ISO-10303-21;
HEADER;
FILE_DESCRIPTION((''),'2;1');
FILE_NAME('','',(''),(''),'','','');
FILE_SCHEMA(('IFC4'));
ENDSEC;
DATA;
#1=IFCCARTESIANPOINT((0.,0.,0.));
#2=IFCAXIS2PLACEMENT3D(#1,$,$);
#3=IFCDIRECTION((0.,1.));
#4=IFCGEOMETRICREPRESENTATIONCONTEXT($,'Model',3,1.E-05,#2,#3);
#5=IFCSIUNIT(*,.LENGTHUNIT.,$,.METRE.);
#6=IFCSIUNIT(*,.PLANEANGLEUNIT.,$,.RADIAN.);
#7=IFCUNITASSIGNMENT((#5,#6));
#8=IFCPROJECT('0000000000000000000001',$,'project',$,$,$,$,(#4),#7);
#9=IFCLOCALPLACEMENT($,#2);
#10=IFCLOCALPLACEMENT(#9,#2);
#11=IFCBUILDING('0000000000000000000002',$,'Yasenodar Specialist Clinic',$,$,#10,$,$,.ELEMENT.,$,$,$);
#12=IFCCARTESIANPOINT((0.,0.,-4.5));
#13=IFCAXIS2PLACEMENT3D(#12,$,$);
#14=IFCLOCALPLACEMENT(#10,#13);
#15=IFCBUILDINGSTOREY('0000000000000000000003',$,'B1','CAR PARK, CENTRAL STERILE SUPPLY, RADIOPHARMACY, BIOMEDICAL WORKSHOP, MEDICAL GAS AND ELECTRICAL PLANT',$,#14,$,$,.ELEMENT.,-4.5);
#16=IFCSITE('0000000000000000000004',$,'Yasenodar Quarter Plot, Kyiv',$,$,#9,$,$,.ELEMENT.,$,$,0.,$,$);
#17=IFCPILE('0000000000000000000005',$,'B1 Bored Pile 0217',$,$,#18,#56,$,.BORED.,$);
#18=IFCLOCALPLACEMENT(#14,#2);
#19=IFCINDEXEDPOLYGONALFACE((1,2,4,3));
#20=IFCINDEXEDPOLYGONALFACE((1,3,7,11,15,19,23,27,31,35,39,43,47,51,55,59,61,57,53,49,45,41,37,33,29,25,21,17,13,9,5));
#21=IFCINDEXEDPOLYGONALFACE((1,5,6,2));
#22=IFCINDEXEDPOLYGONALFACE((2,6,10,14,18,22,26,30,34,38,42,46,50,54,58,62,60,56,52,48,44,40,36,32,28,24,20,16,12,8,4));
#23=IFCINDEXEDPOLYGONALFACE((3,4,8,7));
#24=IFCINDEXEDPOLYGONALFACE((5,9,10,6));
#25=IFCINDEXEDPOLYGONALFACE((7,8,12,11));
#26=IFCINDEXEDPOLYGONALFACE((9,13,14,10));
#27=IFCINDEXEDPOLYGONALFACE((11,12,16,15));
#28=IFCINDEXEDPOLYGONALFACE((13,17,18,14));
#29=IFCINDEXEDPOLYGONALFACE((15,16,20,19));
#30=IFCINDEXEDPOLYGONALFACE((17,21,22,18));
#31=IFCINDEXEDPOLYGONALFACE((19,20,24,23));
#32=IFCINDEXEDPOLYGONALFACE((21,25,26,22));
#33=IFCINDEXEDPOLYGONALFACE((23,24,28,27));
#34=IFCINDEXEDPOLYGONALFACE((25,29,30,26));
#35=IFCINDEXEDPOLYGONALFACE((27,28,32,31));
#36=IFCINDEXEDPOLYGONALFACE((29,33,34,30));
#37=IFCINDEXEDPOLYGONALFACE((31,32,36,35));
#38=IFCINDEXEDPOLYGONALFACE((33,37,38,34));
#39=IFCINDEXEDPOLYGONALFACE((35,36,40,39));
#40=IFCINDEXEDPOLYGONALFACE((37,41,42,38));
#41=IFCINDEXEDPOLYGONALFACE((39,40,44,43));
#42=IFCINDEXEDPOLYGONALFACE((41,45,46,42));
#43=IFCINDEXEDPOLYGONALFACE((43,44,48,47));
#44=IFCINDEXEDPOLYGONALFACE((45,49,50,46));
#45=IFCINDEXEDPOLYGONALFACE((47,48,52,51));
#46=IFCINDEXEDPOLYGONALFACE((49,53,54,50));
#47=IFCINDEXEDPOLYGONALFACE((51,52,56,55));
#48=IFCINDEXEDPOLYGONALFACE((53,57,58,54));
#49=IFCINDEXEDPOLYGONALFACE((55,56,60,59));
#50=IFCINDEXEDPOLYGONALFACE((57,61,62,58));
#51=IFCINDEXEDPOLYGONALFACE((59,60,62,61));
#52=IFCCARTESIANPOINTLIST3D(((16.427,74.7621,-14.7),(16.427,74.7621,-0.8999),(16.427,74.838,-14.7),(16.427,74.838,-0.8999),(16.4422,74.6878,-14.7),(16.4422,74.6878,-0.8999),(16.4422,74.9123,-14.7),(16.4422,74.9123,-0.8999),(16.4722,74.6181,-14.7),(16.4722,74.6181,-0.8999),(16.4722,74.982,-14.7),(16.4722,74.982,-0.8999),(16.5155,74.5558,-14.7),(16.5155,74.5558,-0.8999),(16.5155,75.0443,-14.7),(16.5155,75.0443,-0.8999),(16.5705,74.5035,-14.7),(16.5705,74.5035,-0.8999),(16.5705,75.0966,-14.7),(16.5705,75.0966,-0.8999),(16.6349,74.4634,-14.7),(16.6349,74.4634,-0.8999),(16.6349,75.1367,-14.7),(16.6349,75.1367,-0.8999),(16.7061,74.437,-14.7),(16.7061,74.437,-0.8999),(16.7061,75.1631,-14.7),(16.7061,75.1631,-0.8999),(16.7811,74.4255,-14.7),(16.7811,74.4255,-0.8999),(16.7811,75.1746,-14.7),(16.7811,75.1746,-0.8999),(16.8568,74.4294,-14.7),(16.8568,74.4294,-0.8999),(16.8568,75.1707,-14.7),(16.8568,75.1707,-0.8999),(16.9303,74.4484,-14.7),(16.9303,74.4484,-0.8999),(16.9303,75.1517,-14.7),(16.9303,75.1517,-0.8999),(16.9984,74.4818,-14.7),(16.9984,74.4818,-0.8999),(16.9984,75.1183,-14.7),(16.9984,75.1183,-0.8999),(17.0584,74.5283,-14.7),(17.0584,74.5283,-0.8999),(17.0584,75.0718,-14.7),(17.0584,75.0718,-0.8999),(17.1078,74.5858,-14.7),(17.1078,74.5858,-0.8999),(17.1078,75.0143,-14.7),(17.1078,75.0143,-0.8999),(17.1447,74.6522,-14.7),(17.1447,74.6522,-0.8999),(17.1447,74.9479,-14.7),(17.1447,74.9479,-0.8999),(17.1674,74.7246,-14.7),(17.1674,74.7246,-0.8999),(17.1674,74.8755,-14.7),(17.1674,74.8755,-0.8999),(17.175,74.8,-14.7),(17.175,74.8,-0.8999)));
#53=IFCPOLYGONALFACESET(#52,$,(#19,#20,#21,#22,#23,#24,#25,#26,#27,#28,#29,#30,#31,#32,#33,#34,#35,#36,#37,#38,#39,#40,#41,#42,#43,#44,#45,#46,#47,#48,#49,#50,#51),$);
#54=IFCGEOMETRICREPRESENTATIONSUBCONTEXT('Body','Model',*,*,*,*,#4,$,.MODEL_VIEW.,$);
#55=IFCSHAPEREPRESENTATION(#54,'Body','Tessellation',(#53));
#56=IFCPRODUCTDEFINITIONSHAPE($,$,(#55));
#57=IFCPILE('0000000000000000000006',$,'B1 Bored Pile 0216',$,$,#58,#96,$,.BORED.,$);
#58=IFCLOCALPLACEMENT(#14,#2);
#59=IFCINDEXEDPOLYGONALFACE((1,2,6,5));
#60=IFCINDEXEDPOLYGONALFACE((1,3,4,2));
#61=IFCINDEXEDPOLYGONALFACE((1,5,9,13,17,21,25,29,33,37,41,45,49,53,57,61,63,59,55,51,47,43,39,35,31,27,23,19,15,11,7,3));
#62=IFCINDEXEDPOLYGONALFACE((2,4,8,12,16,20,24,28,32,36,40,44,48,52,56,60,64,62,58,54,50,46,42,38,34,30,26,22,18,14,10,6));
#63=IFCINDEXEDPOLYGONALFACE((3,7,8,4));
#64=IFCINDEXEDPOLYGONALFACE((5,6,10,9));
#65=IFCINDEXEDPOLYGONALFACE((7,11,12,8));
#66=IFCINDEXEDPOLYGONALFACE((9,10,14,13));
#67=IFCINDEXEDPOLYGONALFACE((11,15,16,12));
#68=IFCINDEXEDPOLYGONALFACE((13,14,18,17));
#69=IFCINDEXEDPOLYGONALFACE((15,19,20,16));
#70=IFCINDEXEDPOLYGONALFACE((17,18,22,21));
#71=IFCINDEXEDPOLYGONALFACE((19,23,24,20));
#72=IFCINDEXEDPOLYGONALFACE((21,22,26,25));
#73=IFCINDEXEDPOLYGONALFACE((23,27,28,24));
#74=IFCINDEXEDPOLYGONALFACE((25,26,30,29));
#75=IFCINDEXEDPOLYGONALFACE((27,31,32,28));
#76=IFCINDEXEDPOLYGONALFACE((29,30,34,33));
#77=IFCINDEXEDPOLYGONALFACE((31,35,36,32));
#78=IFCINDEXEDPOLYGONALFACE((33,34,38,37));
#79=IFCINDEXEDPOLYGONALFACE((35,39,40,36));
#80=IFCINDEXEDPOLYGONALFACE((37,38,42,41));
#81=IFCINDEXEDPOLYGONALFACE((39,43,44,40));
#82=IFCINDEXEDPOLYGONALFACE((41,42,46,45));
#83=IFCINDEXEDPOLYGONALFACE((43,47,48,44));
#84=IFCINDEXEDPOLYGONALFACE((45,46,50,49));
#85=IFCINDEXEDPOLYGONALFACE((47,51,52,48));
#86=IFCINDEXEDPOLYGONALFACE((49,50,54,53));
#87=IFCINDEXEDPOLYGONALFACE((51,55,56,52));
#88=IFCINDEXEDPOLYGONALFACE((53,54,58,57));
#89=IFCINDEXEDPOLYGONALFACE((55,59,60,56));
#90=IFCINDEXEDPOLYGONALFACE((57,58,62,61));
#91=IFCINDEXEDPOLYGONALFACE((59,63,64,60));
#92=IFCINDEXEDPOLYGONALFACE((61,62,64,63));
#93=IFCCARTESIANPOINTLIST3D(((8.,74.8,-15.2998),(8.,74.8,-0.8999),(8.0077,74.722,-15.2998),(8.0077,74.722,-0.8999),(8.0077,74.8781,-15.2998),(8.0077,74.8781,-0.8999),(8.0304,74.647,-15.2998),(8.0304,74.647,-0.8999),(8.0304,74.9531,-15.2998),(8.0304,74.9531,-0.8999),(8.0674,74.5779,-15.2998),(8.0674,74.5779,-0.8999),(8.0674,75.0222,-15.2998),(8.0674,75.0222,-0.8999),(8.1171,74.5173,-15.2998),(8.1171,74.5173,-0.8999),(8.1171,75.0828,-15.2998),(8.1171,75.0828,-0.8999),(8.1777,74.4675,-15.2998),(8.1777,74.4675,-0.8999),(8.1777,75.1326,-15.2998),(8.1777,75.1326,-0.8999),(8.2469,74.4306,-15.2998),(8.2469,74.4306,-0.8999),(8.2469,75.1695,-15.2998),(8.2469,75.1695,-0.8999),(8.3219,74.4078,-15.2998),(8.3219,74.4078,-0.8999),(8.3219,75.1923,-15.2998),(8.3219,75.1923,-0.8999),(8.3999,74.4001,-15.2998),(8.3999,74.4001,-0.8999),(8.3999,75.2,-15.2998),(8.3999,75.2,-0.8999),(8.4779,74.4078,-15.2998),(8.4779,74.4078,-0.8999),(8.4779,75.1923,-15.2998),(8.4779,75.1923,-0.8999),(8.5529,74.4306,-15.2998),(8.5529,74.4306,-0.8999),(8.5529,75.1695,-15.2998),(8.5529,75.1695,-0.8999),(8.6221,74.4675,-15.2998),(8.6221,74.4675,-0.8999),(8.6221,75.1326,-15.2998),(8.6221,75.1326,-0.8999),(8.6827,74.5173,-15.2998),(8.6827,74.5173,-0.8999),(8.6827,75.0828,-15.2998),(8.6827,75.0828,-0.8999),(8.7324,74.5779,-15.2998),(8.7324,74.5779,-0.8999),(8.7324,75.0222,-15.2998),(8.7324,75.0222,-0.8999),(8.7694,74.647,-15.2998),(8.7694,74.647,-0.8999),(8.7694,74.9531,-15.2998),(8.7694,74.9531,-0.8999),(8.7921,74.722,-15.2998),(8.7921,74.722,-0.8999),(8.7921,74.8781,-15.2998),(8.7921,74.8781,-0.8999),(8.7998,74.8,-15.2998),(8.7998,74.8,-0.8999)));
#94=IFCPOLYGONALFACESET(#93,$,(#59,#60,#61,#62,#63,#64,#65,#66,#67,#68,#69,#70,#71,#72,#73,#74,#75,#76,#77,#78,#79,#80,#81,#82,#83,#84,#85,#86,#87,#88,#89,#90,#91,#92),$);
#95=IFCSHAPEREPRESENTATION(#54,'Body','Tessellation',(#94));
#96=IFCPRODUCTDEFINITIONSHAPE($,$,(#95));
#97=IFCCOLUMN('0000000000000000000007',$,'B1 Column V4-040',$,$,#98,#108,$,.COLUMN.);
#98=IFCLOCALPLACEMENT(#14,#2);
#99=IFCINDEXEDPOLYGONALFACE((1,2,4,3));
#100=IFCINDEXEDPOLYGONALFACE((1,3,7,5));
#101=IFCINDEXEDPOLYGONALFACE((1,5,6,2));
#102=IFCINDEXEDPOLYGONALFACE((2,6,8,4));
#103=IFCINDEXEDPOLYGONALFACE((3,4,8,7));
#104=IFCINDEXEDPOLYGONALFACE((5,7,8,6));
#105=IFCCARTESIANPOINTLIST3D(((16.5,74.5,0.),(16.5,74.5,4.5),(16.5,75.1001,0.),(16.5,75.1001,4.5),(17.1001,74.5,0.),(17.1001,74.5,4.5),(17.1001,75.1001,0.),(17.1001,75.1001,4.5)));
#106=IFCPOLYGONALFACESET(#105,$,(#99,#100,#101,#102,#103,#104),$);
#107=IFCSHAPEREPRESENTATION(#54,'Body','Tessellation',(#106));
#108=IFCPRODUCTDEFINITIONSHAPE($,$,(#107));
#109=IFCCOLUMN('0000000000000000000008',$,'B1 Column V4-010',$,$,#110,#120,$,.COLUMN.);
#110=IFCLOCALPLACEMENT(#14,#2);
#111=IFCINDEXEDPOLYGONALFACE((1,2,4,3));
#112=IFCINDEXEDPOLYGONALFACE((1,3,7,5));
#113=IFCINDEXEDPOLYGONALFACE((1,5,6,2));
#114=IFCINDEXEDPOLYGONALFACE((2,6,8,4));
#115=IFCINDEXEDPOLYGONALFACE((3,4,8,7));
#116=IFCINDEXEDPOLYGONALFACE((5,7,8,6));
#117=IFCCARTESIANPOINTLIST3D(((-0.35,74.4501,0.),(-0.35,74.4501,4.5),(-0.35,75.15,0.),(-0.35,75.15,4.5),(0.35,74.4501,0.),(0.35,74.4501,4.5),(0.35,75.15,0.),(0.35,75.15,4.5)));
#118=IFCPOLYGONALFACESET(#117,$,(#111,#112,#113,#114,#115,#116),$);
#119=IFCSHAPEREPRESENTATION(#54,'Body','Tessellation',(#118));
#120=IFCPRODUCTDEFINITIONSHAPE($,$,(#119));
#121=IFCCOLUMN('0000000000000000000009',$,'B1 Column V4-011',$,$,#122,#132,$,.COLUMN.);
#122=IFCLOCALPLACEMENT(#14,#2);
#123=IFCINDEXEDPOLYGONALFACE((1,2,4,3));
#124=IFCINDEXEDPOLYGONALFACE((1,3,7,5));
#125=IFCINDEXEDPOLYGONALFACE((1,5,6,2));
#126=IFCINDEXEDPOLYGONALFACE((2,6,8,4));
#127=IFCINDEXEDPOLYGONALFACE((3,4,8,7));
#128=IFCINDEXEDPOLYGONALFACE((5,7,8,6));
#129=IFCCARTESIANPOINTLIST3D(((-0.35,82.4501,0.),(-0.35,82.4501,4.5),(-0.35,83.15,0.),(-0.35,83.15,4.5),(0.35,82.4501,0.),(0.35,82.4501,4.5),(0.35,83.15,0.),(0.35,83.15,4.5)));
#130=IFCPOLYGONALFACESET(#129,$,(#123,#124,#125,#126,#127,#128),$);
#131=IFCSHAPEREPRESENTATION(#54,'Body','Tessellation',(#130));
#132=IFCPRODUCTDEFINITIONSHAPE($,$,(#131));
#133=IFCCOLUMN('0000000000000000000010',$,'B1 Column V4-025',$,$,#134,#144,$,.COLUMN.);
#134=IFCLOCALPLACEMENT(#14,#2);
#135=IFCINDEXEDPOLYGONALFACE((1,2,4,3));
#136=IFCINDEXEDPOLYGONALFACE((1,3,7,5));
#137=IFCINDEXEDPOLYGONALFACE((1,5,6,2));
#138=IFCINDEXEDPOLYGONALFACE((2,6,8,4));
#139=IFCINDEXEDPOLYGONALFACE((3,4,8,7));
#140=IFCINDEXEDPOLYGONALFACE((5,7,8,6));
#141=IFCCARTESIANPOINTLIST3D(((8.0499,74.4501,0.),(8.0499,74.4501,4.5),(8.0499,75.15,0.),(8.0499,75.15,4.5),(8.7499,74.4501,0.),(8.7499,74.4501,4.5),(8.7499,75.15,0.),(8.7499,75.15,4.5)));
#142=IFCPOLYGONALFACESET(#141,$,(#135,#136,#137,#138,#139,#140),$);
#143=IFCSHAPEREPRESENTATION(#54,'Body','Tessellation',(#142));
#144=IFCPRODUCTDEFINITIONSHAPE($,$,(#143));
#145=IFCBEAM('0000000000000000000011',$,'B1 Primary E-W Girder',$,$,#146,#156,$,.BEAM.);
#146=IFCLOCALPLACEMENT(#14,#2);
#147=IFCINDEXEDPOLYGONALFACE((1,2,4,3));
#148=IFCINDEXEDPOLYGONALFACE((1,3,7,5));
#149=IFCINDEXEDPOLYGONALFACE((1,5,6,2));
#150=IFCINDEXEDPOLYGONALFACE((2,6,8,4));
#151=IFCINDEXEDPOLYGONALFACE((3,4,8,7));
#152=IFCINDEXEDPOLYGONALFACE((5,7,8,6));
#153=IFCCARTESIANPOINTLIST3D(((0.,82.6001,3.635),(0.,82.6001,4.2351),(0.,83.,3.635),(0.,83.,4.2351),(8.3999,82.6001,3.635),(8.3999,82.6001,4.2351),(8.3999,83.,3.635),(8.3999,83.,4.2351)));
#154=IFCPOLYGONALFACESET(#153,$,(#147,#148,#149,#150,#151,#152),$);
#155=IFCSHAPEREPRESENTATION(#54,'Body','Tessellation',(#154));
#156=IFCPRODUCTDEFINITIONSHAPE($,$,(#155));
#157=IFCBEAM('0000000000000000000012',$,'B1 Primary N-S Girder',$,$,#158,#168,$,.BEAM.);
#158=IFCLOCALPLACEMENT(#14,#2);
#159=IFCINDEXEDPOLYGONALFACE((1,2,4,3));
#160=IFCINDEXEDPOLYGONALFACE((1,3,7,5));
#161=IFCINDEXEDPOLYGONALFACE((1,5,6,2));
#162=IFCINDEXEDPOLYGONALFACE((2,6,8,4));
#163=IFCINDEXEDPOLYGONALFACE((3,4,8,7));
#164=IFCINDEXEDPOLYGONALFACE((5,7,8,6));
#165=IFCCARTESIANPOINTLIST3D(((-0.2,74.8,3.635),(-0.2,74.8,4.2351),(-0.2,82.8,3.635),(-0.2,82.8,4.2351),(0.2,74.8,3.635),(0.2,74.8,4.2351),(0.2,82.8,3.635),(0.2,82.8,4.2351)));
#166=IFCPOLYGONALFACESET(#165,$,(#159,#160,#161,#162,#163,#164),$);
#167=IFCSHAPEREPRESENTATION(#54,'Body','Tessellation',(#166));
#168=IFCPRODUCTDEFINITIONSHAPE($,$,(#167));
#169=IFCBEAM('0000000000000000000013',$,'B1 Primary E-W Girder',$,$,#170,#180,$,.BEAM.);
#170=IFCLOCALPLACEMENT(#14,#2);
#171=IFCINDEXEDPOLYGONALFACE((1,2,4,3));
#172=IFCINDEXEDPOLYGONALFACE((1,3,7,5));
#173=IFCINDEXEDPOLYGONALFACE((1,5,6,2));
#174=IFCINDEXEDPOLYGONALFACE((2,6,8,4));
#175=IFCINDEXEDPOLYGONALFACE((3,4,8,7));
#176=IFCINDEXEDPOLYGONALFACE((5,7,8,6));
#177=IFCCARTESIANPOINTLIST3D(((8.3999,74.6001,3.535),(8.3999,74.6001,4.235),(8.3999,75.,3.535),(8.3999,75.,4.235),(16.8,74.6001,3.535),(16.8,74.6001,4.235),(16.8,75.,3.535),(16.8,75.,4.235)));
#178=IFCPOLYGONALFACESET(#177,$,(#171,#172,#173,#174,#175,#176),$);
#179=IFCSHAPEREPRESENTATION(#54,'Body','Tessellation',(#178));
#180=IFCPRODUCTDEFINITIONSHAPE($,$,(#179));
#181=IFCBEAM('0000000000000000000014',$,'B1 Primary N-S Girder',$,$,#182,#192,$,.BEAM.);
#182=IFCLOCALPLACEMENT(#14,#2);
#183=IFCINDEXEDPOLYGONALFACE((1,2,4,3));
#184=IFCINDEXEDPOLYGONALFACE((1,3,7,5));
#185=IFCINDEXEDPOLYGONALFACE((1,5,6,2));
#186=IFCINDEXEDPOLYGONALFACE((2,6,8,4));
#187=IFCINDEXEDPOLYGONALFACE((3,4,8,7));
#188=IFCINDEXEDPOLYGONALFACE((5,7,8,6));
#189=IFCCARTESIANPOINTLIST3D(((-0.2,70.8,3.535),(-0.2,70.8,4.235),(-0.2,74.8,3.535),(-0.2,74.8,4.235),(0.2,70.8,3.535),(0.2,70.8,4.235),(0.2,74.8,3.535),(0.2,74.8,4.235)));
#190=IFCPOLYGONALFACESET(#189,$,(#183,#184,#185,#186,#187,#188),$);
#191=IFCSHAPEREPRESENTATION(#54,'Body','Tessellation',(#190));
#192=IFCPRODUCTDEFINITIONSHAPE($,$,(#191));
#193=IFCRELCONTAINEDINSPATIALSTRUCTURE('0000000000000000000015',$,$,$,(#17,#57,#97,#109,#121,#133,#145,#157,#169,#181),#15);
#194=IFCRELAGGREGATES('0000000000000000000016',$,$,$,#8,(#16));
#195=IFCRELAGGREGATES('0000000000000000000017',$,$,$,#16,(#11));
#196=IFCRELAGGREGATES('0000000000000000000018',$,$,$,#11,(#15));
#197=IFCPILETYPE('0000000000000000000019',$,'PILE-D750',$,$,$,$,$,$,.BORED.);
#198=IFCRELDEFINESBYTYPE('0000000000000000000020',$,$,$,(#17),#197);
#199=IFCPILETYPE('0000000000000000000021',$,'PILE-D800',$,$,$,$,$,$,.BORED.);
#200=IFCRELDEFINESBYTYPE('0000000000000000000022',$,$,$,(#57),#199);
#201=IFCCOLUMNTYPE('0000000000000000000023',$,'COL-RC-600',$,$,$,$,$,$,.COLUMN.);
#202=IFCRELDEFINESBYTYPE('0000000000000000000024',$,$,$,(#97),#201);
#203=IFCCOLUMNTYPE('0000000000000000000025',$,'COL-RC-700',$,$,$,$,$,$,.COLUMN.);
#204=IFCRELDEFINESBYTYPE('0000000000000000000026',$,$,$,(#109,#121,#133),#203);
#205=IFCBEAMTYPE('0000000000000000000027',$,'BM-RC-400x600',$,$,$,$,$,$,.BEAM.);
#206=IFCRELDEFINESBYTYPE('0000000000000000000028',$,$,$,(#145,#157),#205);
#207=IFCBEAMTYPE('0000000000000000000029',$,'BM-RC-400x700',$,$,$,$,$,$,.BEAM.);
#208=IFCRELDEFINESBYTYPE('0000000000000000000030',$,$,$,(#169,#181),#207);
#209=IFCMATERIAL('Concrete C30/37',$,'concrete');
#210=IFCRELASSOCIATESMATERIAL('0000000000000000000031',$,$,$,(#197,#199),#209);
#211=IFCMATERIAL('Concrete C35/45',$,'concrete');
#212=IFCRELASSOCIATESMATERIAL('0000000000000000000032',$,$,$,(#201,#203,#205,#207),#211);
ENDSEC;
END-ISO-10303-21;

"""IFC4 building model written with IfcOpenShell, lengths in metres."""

from ifc_helpers import new_model, si_unit, direction, frame, origin, origin_2d, place, context, subcontext, project, spatial, rectangle, circle, extrude, material, material_profile, profile_set, type_object, element, save


model = new_model("IFC4")

# Units and contexts
model_context = context("Model", 3, precision=1e-05, world=origin(), true_north=direction((0.0, 1.0)))
body_context = subcontext(model_context, "Body", "Model", "MODEL_VIEW")
ifc_project = project(units=[si_unit("LENGTHUNIT", "METRE"), si_unit("PLANEANGLEUNIT", "RADIAN")], contexts=[model_context])

# Site, building, storey
site_placement = place(None, origin())
site = spatial("IfcSite", under=ifc_project, at=site_placement, Name="Yasenodar Quarter Plot, Kyiv", CompositionType="ELEMENT", RefElevation=0.0)
building_placement = place(site_placement, origin())
building = spatial("IfcBuilding", under=site, at=building_placement, Name="Yasenodar Specialist Clinic", CompositionType="ELEMENT")
storey_placement = place(building_placement, frame((0.0, 0.0, -4.5)))
storey = spatial("IfcBuildingStorey", under=building, at=storey_placement, Name="B1", Description="CAR PARK, CENTRAL STERILE SUPPLY, RADIOPHARMACY, BIOMEDICAL WORKSHOP, MEDICAL GAS AND ELECTRICAL PLANT", CompositionType="ELEMENT", Elevation=-4.5)

# Shared definitions
ifc_material_1 = material(Name="Concrete C35/45", Category="concrete")

# Piles
ifc_material_2 = material(Name="Concrete C30/37", Category="concrete")
ifc_material_profile_1 = material_profile(ifc_material_2, circle(Radius=0.375, at=origin_2d()), Name="PILE D750")
ifc_profile_set_1 = profile_set([ifc_material_profile_1], Name="Concrete C30/37")
pile_type_1 = type_object("IfcPileType", Name="PILE-D750", PredefinedType="BORED", material=ifc_profile_set_1)
pile_1_placement = place(storey_placement, frame((16.8, 74.8, -0.8999), z_axis=(0.0, 0.0, -1.0), x_axis=(1.0, 0.0, 0.0)))
element("IfcPile", 1, at=pile_1_placement, inside=storey, type_object=pile_type_1, Name="B1 Bored Pile 0217", PredefinedType="BORED", context=body_context, shape_type="SweptSolid", body=[
    extrude(circle(Radius=0.375, at=origin_2d()), origin(), (0.0, 0.0, 1.0), 13.8),
])
ifc_material_profile_2 = material_profile(ifc_material_2, circle(Radius=0.3999, at=origin_2d()), Name="PILE D800")
ifc_profile_set_2 = profile_set([ifc_material_profile_2], Name="Concrete C30/37")
pile_type_2 = type_object("IfcPileType", Name="PILE-D800", PredefinedType="BORED", material=ifc_profile_set_2)
pile_2_placement = place(storey_placement, frame((8.3999, 74.8, -0.8999), z_axis=(0.0, 0.0, -1.0), x_axis=(1.0, 0.0, 0.0)))
element("IfcPile", 2, at=pile_2_placement, inside=storey, type_object=pile_type_2, Name="B1 Bored Pile 0216", PredefinedType="BORED", context=body_context, shape_type="SweptSolid", body=[
    extrude(circle(Radius=0.3999, at=origin_2d()), origin(), (0.0, 0.0, 1.0), 14.3999),
])

# Columns
ifc_material_profile_3 = material_profile(ifc_material_1, rectangle(XDim=0.6001, YDim=0.6001, at=origin_2d()), Name="RC 600x600")
ifc_profile_set_3 = profile_set([ifc_material_profile_3], Name="Concrete C35/45")
column_type_1 = type_object("IfcColumnType", Name="COL-RC-600", PredefinedType="COLUMN", material=ifc_profile_set_3)
column_placement = place(storey_placement, frame((16.8, 74.8, 0.0), z_axis=(0.0, 0.0, 1.0), x_axis=(1.0, 0.0, 0.0)))
element("IfcColumn", 3, at=column_placement, inside=storey, type_object=column_type_1, Name="B1 Column V4-040", PredefinedType="COLUMN", context=body_context, shape_type="SweptSolid", body=[
    extrude(rectangle(XDim=0.6001, YDim=0.6001, at=origin_2d()), origin(), (0.0, 0.0, 1.0), 4.5),
])
ifc_material_profile_4 = material_profile(ifc_material_1, rectangle(XDim=0.7, YDim=0.7, at=origin_2d()), Name="RC 700x700")
ifc_profile_set_4 = profile_set([ifc_material_profile_4], Name="Concrete C35/45")
column_type_2 = type_object("IfcColumnType", Name="COL-RC-700", PredefinedType="COLUMN", material=ifc_profile_set_4)
for number, where, z_axis, x_axis, name in (
    (4, (0.0, 74.8, 0.0), (0.0, 0.0, 1.0), (1.0, 0.0, 0.0), "B1 Column V4-010"),
    (5, (0.0, 82.8, 0.0), (0.0, 0.0, 1.0), (1.0, 0.0, 0.0), "B1 Column V4-011"),
    (6, (8.3999, 74.8, 0.0), (0.0, 0.0, 1.0), (1.0, 0.0, 0.0), "B1 Column V4-025"),
):
    element("IfcColumn", number, at=place(storey_placement, frame(where, z_axis=z_axis, x_axis=x_axis)), inside=storey, type_object=column_type_2, Name=name, PredefinedType="COLUMN", context=body_context, shape_type="SweptSolid", body=[
        extrude(rectangle(XDim=0.7, YDim=0.7, at=origin_2d()), origin(), (0.0, 0.0, 1.0), 4.5),
    ])

# Beams
ifc_material_profile_5 = material_profile(ifc_material_1, rectangle(XDim=0.3999, YDim=0.6001, at=origin_2d()), Name="RC 400x600")
ifc_profile_set_5 = profile_set([ifc_material_profile_5], Name="Concrete C35/45")
beam_type_1 = type_object("IfcBeamType", Name="BM-RC-400x600", PredefinedType="BEAM", material=ifc_profile_set_5)
beam_1_placement = place(storey_placement, frame((0.0, 82.8, 3.9351), z_axis=(1.0, 0.0, 0.0), x_axis=(0.0, 1.0, 0.0)))
element("IfcBeam", 7, at=beam_1_placement, inside=storey, type_object=beam_type_1, Name="B1 Primary E-W Girder", PredefinedType="BEAM", context=body_context, shape_type="SweptSolid", body=[
    extrude(rectangle(XDim=0.3999, YDim=0.6001, at=origin_2d()), origin(), (0.0, 0.0, 1.0), 8.3999),
])
beam_2_placement = place(storey_placement, frame((0.0, 74.8, 3.9351), z_axis=(0.0, 1.0, 0.0), x_axis=(-1.0, 0.0, 0.0)))
element("IfcBeam", 8, at=beam_2_placement, inside=storey, type_object=beam_type_1, Name="B1 Primary N-S Girder", PredefinedType="BEAM", context=body_context, shape_type="SweptSolid", body=[
    extrude(rectangle(XDim=0.3999, YDim=0.6001, at=origin_2d()), origin(), (0.0, 0.0, 1.0), 8.0),
])
ifc_material_profile_6 = material_profile(ifc_material_1, rectangle(XDim=0.3999, YDim=0.7, at=origin_2d()), Name="RC 400x700")
ifc_profile_set_6 = profile_set([ifc_material_profile_6], Name="Concrete C35/45")
beam_type_2 = type_object("IfcBeamType", Name="BM-RC-400x700", PredefinedType="BEAM", material=ifc_profile_set_6)
beam_3_placement = place(storey_placement, frame((8.3999, 74.8, 3.885), z_axis=(1.0, 0.0, 0.0), x_axis=(0.0, 1.0, 0.0)))
element("IfcBeam", 9, at=beam_3_placement, inside=storey, type_object=beam_type_2, Name="B1 Primary E-W Girder", PredefinedType="BEAM", context=body_context, shape_type="SweptSolid", body=[
    extrude(rectangle(XDim=0.3999, YDim=0.7, at=origin_2d()), origin(), (0.0, 0.0, 1.0), 8.4001),
])
beam_4_placement = place(storey_placement, frame((0.0, 70.8, 3.885), z_axis=(0.0, 1.0, 0.0), x_axis=(-1.0, 0.0, 0.0)))
element("IfcBeam", 10, at=beam_4_placement, inside=storey, type_object=beam_type_2, Name="B1 Primary N-S Girder", PredefinedType="BEAM", context=body_context, shape_type="SweptSolid", body=[
    extrude(rectangle(XDim=0.3999, YDim=0.7, at=origin_2d()), origin(), (0.0, 0.0, 1.0), 4.0),
])

save(model, "model.ifc")
